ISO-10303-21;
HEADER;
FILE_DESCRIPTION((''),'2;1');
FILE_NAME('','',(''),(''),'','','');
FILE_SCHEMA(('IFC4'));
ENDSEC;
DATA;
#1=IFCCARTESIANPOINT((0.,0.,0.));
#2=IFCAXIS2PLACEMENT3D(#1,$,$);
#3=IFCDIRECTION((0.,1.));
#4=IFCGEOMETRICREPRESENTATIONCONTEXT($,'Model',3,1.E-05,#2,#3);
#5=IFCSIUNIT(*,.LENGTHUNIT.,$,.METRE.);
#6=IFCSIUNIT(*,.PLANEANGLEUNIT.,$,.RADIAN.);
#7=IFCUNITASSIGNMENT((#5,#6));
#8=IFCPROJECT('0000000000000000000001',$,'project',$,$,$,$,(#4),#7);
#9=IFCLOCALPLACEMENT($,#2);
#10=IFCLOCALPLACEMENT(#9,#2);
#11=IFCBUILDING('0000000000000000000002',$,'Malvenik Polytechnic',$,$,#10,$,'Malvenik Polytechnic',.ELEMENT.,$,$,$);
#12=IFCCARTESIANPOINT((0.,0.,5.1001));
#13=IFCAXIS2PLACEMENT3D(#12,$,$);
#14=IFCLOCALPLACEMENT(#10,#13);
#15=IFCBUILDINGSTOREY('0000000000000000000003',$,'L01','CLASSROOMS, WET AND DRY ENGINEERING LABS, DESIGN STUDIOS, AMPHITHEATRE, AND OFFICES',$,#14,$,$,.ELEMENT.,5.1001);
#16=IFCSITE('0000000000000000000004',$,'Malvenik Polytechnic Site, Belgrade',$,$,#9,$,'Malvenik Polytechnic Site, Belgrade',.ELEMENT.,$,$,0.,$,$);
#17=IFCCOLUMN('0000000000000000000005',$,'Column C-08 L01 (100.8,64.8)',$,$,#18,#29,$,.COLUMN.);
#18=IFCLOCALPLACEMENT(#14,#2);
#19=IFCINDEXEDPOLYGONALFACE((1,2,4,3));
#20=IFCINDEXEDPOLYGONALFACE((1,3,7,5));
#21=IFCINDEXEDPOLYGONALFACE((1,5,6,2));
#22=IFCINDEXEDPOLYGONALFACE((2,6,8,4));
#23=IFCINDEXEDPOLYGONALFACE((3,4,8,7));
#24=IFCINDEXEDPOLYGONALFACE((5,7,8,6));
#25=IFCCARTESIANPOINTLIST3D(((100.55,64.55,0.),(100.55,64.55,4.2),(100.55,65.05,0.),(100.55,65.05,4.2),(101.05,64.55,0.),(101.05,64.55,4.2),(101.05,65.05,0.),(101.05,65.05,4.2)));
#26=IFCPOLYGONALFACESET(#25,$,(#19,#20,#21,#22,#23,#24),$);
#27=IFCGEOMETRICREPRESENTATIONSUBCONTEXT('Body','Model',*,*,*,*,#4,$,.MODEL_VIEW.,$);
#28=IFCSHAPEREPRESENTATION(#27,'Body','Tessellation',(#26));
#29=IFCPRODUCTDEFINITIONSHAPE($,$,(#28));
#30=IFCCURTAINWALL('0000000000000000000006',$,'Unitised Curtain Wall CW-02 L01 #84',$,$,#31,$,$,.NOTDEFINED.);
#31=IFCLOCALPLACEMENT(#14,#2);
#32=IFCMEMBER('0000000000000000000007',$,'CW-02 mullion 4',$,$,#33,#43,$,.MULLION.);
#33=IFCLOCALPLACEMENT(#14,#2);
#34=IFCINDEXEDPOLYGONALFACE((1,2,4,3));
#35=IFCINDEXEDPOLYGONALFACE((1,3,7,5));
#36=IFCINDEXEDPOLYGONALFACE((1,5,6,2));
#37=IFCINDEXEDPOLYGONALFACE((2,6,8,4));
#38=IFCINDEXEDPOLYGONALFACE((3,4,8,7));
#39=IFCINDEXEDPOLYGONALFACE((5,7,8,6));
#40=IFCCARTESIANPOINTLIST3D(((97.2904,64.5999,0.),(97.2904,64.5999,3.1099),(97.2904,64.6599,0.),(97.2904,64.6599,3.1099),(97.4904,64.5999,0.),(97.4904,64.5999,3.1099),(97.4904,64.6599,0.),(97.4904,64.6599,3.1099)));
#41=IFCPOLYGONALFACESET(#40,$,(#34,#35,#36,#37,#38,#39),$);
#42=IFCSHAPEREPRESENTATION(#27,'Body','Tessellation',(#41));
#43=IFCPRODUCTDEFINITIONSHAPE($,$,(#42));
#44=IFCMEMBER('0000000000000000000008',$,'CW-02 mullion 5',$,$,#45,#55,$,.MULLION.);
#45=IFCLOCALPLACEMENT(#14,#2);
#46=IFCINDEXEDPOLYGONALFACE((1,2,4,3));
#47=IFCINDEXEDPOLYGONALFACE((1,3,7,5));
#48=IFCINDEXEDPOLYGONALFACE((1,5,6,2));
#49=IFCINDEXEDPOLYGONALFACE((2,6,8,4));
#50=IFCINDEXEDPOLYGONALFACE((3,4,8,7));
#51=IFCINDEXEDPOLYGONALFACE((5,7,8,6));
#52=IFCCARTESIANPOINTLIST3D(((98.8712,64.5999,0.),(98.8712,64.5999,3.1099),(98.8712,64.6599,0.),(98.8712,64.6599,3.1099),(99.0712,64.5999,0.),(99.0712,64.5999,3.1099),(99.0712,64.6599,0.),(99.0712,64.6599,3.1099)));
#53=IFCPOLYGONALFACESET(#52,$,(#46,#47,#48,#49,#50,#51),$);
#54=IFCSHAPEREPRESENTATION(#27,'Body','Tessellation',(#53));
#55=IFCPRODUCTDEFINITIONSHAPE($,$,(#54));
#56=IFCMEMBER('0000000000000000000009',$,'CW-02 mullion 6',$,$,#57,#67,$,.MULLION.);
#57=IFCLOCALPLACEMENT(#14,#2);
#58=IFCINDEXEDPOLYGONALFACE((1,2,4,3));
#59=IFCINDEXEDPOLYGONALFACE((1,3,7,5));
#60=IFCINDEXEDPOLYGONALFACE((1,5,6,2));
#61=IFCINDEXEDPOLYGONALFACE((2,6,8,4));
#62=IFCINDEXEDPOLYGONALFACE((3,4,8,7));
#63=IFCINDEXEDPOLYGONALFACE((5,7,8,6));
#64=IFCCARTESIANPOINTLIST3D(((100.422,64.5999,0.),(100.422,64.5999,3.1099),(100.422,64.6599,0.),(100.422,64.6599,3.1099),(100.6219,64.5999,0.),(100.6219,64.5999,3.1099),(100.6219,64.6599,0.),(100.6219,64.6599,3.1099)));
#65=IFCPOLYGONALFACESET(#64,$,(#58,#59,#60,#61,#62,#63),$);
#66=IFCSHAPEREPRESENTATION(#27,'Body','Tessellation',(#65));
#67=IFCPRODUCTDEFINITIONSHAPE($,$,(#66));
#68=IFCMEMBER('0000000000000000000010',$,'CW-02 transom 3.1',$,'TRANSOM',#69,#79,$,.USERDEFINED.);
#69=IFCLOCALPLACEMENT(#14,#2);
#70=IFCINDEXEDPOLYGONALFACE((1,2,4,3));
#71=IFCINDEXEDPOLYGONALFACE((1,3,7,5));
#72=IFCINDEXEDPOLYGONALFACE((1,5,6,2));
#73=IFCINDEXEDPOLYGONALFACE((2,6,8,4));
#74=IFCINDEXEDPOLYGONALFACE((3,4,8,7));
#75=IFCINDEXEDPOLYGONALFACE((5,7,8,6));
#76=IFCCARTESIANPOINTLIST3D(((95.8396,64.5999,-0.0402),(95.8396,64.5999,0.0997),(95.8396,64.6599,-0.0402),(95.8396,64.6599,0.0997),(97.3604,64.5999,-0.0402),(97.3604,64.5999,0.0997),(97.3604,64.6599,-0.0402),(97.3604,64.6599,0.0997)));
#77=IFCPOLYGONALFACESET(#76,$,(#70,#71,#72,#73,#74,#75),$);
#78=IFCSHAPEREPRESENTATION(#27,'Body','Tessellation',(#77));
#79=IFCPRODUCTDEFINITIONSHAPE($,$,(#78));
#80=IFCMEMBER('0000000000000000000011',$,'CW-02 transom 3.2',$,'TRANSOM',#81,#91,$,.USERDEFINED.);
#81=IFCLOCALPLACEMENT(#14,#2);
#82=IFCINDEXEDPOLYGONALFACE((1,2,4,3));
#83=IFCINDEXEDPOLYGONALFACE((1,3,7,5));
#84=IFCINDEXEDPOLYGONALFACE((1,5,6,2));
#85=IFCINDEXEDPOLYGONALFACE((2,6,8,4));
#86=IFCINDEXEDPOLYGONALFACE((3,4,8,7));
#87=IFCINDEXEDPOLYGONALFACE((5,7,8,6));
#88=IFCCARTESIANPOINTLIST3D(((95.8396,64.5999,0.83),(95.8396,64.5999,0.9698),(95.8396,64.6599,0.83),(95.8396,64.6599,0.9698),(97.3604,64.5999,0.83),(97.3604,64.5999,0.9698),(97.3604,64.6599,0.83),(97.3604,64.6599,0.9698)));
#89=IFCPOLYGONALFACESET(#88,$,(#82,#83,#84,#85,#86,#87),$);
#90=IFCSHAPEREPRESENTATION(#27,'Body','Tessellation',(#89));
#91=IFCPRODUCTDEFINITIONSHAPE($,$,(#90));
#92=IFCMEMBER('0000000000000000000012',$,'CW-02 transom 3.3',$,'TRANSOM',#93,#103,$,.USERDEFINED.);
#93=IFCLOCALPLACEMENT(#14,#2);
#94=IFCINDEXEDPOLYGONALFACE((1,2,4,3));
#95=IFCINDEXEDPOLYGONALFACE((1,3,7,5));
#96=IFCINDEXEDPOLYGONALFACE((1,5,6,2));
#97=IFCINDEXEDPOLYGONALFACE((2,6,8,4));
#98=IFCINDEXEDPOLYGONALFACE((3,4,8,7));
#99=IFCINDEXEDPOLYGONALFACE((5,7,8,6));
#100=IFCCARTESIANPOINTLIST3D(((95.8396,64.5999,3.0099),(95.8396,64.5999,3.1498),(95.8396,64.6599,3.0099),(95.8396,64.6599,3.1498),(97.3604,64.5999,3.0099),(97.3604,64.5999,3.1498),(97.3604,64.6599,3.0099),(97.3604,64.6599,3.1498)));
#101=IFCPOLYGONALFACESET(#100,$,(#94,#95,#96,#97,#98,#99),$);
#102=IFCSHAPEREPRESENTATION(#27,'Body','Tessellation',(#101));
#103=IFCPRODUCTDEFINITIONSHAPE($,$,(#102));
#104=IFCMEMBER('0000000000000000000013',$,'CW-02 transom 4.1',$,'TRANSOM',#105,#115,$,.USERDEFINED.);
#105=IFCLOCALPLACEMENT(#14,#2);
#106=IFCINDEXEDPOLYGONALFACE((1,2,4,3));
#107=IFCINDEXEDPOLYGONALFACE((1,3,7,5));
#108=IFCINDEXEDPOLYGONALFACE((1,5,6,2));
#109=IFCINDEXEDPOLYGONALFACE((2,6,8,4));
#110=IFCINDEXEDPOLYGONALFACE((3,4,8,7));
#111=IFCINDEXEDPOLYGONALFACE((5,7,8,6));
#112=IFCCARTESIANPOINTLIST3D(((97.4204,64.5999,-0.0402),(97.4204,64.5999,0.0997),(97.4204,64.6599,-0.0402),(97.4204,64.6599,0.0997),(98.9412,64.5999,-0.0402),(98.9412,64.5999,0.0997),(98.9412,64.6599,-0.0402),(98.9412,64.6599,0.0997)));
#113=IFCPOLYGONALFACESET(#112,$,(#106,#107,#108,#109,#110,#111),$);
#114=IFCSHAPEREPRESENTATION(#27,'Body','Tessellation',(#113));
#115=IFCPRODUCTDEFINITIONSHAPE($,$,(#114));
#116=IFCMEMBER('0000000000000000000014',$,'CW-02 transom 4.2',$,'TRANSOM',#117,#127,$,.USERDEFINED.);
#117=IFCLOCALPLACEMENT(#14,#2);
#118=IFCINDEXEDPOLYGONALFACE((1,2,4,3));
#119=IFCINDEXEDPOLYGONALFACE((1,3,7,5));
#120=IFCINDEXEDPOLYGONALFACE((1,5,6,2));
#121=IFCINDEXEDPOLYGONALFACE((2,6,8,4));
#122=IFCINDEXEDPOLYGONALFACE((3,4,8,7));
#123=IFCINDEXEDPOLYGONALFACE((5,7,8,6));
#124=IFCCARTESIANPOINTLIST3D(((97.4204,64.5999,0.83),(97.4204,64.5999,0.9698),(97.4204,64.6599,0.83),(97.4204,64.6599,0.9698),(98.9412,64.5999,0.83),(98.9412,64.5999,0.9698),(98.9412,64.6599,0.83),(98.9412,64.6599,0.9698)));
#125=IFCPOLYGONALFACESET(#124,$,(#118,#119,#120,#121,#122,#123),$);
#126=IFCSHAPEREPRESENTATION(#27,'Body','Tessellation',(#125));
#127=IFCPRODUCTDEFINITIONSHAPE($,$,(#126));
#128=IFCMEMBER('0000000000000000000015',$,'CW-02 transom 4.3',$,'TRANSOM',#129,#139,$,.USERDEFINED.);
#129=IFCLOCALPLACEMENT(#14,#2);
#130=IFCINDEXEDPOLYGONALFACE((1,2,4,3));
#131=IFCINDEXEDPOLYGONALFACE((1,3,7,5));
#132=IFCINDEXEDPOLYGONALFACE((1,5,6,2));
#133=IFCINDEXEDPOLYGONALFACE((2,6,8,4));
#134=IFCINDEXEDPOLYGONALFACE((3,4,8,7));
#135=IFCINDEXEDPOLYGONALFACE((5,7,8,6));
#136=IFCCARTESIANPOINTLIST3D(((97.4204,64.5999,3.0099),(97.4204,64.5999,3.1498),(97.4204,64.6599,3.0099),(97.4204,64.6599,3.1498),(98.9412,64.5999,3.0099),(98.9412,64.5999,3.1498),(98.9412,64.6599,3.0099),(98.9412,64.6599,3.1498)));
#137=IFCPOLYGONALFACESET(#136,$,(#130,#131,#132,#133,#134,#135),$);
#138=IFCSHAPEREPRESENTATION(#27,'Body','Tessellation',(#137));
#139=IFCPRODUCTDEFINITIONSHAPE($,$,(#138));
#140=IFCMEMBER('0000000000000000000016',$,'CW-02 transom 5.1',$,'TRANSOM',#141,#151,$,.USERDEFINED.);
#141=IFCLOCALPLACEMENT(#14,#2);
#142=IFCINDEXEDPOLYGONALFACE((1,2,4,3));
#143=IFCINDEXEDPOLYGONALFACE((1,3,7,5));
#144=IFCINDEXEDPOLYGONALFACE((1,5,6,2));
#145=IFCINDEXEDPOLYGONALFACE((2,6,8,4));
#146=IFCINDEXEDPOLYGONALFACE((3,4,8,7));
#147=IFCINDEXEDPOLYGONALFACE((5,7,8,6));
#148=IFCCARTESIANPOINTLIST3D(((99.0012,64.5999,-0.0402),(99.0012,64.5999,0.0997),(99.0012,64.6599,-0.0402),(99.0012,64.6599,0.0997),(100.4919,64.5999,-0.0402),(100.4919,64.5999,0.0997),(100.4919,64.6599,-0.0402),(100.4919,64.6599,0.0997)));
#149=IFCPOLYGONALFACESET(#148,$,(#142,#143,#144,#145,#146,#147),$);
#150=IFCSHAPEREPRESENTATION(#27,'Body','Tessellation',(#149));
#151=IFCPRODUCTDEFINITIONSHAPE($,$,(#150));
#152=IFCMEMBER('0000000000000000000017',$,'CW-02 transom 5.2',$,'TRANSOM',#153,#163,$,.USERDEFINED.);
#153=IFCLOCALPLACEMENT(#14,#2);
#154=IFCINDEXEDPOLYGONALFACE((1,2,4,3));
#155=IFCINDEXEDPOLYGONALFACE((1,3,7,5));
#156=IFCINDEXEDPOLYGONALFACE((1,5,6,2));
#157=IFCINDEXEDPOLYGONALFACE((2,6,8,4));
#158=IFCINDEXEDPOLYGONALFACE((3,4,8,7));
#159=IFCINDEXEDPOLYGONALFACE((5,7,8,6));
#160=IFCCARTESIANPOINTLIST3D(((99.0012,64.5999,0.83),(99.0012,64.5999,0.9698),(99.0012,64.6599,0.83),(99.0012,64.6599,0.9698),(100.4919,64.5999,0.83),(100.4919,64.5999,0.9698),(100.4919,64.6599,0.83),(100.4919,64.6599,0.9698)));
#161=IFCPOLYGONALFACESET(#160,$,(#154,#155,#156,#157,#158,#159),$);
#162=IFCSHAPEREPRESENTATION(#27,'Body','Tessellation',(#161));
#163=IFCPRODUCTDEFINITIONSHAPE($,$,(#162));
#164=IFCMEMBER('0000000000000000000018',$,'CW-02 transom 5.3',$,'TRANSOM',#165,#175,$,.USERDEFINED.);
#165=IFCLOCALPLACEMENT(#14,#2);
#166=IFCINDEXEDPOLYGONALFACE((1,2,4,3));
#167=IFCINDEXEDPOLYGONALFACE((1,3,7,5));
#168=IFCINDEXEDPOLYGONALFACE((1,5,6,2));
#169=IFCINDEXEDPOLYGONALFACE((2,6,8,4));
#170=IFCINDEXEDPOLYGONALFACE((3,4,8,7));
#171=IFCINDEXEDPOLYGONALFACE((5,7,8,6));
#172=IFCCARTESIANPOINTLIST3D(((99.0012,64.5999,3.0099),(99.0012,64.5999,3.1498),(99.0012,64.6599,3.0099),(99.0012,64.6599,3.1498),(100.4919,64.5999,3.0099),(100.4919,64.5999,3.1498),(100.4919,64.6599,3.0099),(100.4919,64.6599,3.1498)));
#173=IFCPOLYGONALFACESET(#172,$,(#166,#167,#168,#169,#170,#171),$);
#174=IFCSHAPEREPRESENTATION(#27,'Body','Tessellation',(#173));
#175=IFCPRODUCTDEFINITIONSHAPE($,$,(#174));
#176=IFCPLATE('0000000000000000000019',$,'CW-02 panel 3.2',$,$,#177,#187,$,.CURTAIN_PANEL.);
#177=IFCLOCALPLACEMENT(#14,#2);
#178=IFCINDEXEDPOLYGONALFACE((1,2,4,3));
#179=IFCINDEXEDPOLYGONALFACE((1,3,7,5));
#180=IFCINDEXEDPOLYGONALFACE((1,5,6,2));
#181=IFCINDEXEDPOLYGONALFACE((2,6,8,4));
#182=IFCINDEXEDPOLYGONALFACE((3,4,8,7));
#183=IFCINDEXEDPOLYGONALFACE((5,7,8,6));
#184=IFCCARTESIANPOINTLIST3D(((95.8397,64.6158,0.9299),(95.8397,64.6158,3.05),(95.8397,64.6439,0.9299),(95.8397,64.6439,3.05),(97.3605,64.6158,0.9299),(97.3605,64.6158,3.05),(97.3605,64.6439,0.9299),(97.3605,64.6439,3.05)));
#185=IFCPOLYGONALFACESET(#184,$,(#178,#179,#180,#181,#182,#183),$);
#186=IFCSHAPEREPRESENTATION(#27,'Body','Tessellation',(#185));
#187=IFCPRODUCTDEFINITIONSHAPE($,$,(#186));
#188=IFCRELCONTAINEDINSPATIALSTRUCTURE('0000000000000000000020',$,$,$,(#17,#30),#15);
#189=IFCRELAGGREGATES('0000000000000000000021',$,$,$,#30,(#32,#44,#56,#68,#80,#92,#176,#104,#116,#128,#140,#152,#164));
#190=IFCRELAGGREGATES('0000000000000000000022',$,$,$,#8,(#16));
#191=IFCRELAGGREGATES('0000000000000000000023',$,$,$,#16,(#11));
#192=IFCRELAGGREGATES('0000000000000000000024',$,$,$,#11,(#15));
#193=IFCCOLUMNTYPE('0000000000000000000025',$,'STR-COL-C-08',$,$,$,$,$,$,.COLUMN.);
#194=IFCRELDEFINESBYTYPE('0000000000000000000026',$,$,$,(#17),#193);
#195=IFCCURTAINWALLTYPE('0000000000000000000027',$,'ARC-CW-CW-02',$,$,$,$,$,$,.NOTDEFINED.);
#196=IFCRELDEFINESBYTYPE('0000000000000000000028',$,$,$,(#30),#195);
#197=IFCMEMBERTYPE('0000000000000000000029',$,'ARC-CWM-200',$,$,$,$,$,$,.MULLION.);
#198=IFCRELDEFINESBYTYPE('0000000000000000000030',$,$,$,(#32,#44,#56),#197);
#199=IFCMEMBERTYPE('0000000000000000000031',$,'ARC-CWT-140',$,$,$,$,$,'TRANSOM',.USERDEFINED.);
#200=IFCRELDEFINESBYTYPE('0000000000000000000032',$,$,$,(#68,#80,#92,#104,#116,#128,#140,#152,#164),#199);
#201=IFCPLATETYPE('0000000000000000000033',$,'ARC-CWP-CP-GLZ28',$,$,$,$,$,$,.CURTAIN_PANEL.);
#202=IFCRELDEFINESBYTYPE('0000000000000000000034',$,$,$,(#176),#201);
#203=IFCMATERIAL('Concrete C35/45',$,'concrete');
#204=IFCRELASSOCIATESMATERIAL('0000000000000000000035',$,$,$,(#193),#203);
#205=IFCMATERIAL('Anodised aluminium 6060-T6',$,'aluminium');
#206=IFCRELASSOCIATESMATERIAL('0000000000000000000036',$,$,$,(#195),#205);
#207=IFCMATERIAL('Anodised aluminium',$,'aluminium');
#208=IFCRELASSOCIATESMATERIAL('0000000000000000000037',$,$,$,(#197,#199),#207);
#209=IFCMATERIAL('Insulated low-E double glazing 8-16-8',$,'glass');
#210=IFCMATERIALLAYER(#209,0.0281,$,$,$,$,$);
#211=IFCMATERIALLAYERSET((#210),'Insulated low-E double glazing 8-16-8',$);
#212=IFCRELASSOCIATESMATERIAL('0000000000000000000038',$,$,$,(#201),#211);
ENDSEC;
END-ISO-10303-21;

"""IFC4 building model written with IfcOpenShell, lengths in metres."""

from ifc_helpers import new_model, si_unit, direction, frame, origin, origin_2d, place, context, subcontext, project, spatial, rectangle, extrude, material, layer, layer_set, material_profile, profile_set, type_object, element, aggregate, save


model = new_model("IFC4")

# Units and contexts
model_context = context("Model", 3, precision=1e-05, world=origin(), true_north=direction((0.0, 1.0)))
body_context = subcontext(model_context, "Body", "Model", "MODEL_VIEW")
ifc_project = project(units=[si_unit("LENGTHUNIT", "METRE"), si_unit("PLANEANGLEUNIT", "RADIAN")], contexts=[model_context])

# Site, building, storey
site_placement = place(None, origin())
site = spatial("IfcSite", under=ifc_project, at=site_placement, Name="Malvenik Polytechnic Site, Belgrade", LongName="Malvenik Polytechnic Site, Belgrade", CompositionType="ELEMENT", RefElevation=0.0)
building_placement = place(site_placement, origin())
building = spatial("IfcBuilding", under=site, at=building_placement, Name="Malvenik Polytechnic", LongName="Malvenik Polytechnic", CompositionType="ELEMENT")
storey_placement = place(building_placement, frame((0.0, 0.0, 5.1001)))
storey = spatial("IfcBuildingStorey", under=building, at=storey_placement, Name="L01", Description="CLASSROOMS, WET AND DRY ENGINEERING LABS, DESIGN STUDIOS, AMPHITHEATRE, AND OFFICES", CompositionType="ELEMENT", Elevation=5.1001)

# Column
ifc_material_1 = material(Name="Concrete C35/45", Category="concrete")
ifc_material_profile_1 = material_profile(ifc_material_1, rectangle(XDim=0.5, YDim=0.5, at=origin_2d()), Name="RC COL 500x500")
ifc_profile_set_1 = profile_set([ifc_material_profile_1], Name="Concrete C35/45")
column_type = type_object("IfcColumnType", Name="STR-COL-C-08", PredefinedType="COLUMN", material=ifc_profile_set_1)
column_placement = place(storey_placement, frame((100.8, 64.8, 0.0), z_axis=(0.0, 0.0, 1.0), x_axis=(1.0, 0.0, 0.0)))
element("IfcColumn", 1, at=column_placement, inside=storey, type_object=column_type, Name="Column C-08 L01 (100.8,64.8)", PredefinedType="COLUMN", context=body_context, shape_type="SweptSolid", body=[
    extrude(rectangle(XDim=0.5, YDim=0.5, at=origin_2d()), origin(), (0.0, 0.0, 1.0), 4.2),
])

# Curtain wall, members, plate
ifc_material_2 = material(Name="Anodised aluminium 6060-T6", Category="aluminium")
curtain_wall_type = type_object("IfcCurtainWallType", Name="ARC-CW-CW-02", PredefinedType="NOTDEFINED", material=ifc_material_2)
curtain_wall_placement = place(storey_placement, origin())
curtain_wall = element("IfcCurtainWall", 2, at=curtain_wall_placement, inside=storey, type_object=curtain_wall_type, Name="Unitised Curtain Wall CW-02 L01 #84", PredefinedType="NOTDEFINED")
ifc_material_3 = material(Name="Anodised aluminium", Category="aluminium")
ifc_material_profile_2 = material_profile(ifc_material_3, rectangle(XDim=0.0601, YDim=0.2, at=origin_2d()), Name="ALU MULLION 60x200")
ifc_profile_set_2 = profile_set([ifc_material_profile_2], Name="Anodised aluminium")
member_type_1 = type_object("IfcMemberType", Name="ARC-CWM-200", PredefinedType="MULLION", material=ifc_profile_set_2)
member_1_placement = place(storey_placement, frame((97.3904, 64.6299, 0.0), z_axis=(0.0, 0.0, 1.0), x_axis=(0.0, 1.0, 0.0)))
member_1 = element("IfcMember", 3, at=member_1_placement, type_object=member_type_1, Name="CW-02 mullion 4", PredefinedType="MULLION", context=body_context, shape_type="SweptSolid", body=[
    extrude(rectangle(XDim=0.0601, YDim=0.2, at=origin_2d()), origin(), (0.0, 0.0, 1.0), 3.1099),
])
member_2_placement = place(storey_placement, frame((98.9712, 64.6299, 0.0), z_axis=(0.0, 0.0, 1.0), x_axis=(0.0, 1.0, 0.0)))
member_2 = element("IfcMember", 4, at=member_2_placement, type_object=member_type_1, Name="CW-02 mullion 5", PredefinedType="MULLION", context=body_context, shape_type="SweptSolid", body=[
    extrude(rectangle(XDim=0.0601, YDim=0.2, at=origin_2d()), origin(), (0.0, 0.0, 1.0), 3.1099),
])
member_3_placement = place(storey_placement, frame((100.522, 64.6299, 0.0), z_axis=(0.0, 0.0, 1.0), x_axis=(0.0, 1.0, 0.0)))
member_3 = element("IfcMember", 5, at=member_3_placement, type_object=member_type_1, Name="CW-02 mullion 6", PredefinedType="MULLION", context=body_context, shape_type="SweptSolid", body=[
    extrude(rectangle(XDim=0.0601, YDim=0.2, at=origin_2d()), origin(), (0.0, 0.0, 1.0), 3.1099),
])
ifc_material_profile_3 = material_profile(ifc_material_3, rectangle(XDim=0.0601, YDim=0.1399, at=origin_2d()), Name="ALU TRANSOM 60x140")
ifc_profile_set_3 = profile_set([ifc_material_profile_3], Name="Anodised aluminium")
member_type_2 = type_object("IfcMemberType", Name="ARC-CWT-140", ElementType="TRANSOM", PredefinedType="USERDEFINED", material=ifc_profile_set_3)
member_4_placement = place(storey_placement, frame((95.8396, 64.6299, 0.0298), z_axis=(1.0, 0.0, 0.0), x_axis=(0.0, 1.0, 0.0)))
member_4 = element("IfcMember", 6, at=member_4_placement, type_object=member_type_2, Name="CW-02 transom 3.1", ObjectType="TRANSOM", PredefinedType="USERDEFINED", context=body_context, shape_type="SweptSolid", body=[
    extrude(rectangle(XDim=0.0601, YDim=0.1399, at=origin_2d()), origin(), (0.0, 0.0, 1.0), 1.5208),
])
member_5_placement = place(storey_placement, frame((95.8396, 64.6299, 0.8999), z_axis=(1.0, 0.0, 0.0), x_axis=(0.0, 1.0, 0.0)))
member_5 = element("IfcMember", 7, at=member_5_placement, type_object=member_type_2, Name="CW-02 transom 3.2", ObjectType="TRANSOM", PredefinedType="USERDEFINED", context=body_context, shape_type="SweptSolid", body=[
    extrude(rectangle(XDim=0.0601, YDim=0.1399, at=origin_2d()), origin(), (0.0, 0.0, 1.0), 1.5208),
])
member_6_placement = place(storey_placement, frame((95.8396, 64.6299, 3.0798), z_axis=(1.0, 0.0, 0.0), x_axis=(0.0, 1.0, 0.0)))
member_6 = element("IfcMember", 8, at=member_6_placement, type_object=member_type_2, Name="CW-02 transom 3.3", ObjectType="TRANSOM", PredefinedType="USERDEFINED", context=body_context, shape_type="SweptSolid", body=[
    extrude(rectangle(XDim=0.0601, YDim=0.1399, at=origin_2d()), origin(), (0.0, 0.0, 1.0), 1.5208),
])
member_7_placement = place(storey_placement, frame((97.4204, 64.6299, 0.0298), z_axis=(1.0, 0.0, 0.0), x_axis=(0.0, 1.0, 0.0)))
member_7 = element("IfcMember", 9, at=member_7_placement, type_object=member_type_2, Name="CW-02 transom 4.1", ObjectType="TRANSOM", PredefinedType="USERDEFINED", context=body_context, shape_type="SweptSolid", body=[
    extrude(rectangle(XDim=0.0601, YDim=0.1399, at=origin_2d()), origin(), (0.0, 0.0, 1.0), 1.5208),
])
member_8_placement = place(storey_placement, frame((97.4204, 64.6299, 0.8999), z_axis=(1.0, 0.0, 0.0), x_axis=(0.0, 1.0, 0.0)))
member_8 = element("IfcMember", 10, at=member_8_placement, type_object=member_type_2, Name="CW-02 transom 4.2", ObjectType="TRANSOM", PredefinedType="USERDEFINED", context=body_context, shape_type="SweptSolid", body=[
    extrude(rectangle(XDim=0.0601, YDim=0.1399, at=origin_2d()), origin(), (0.0, 0.0, 1.0), 1.5208),
])
member_9_placement = place(storey_placement, frame((97.4204, 64.6299, 3.0798), z_axis=(1.0, 0.0, 0.0), x_axis=(0.0, 1.0, 0.0)))
member_9 = element("IfcMember", 11, at=member_9_placement, type_object=member_type_2, Name="CW-02 transom 4.3", ObjectType="TRANSOM", PredefinedType="USERDEFINED", context=body_context, shape_type="SweptSolid", body=[
    extrude(rectangle(XDim=0.0601, YDim=0.1399, at=origin_2d()), origin(), (0.0, 0.0, 1.0), 1.5208),
])
member_10_placement = place(storey_placement, frame((99.0012, 64.6299, 0.0298), z_axis=(1.0, 0.0, 0.0), x_axis=(0.0, 1.0, 0.0)))
member_10 = element("IfcMember", 12, at=member_10_placement, type_object=member_type_2, Name="CW-02 transom 5.1", ObjectType="TRANSOM", PredefinedType="USERDEFINED", context=body_context, shape_type="SweptSolid", body=[
    extrude(rectangle(XDim=0.0601, YDim=0.1399, at=origin_2d()), origin(), (0.0, 0.0, 1.0), 1.4907),
])
member_11_placement = place(storey_placement, frame((99.0012, 64.6299, 0.8999), z_axis=(1.0, 0.0, 0.0), x_axis=(0.0, 1.0, 0.0)))
member_11 = element("IfcMember", 13, at=member_11_placement, type_object=member_type_2, Name="CW-02 transom 5.2", ObjectType="TRANSOM", PredefinedType="USERDEFINED", context=body_context, shape_type="SweptSolid", body=[
    extrude(rectangle(XDim=0.0601, YDim=0.1399, at=origin_2d()), origin(), (0.0, 0.0, 1.0), 1.4907),
])
member_12_placement = place(storey_placement, frame((99.0012, 64.6299, 3.0798), z_axis=(1.0, 0.0, 0.0), x_axis=(0.0, 1.0, 0.0)))
member_12 = element("IfcMember", 14, at=member_12_placement, type_object=member_type_2, Name="CW-02 transom 5.3", ObjectType="TRANSOM", PredefinedType="USERDEFINED", context=body_context, shape_type="SweptSolid", body=[
    extrude(rectangle(XDim=0.0601, YDim=0.1399, at=origin_2d()), origin(), (0.0, 0.0, 1.0), 1.4907),
])
ifc_material_4 = material(Name="Insulated low-E double glazing 8-16-8", Category="glass")
ifc_layer_1 = layer(ifc_material_4, 0.0281)
ifc_layer_set_1 = layer_set([ifc_layer_1], Name="Insulated low-E double glazing 8-16-8")
plate_type_1 = type_object("IfcPlateType", Name="ARC-CWP-CP-GLZ28", PredefinedType="CURTAIN_PANEL", material=ifc_layer_set_1)
plate_1_placement = place(storey_placement, frame((96.6001, 64.6299, 0.9299), z_axis=(0.0, 0.0, 1.0), x_axis=(1.0, 0.0, 0.0)))
plate_1 = element("IfcPlate", 15, at=plate_1_placement, type_object=plate_type_1, Name="CW-02 panel 3.2", PredefinedType="CURTAIN_PANEL", context=body_context, shape_type="SweptSolid", body=[
    extrude(rectangle(XDim=1.5208, YDim=0.0281, at=origin_2d()), origin(), (0.0, 0.0, 1.0), 2.1201),
])
aggregate(curtain_wall, [member_1, member_2, member_3, member_4, member_5, member_6, plate_1, member_7, member_8, member_9, member_10, member_11, member_12])

save(model, "model.ifc")
